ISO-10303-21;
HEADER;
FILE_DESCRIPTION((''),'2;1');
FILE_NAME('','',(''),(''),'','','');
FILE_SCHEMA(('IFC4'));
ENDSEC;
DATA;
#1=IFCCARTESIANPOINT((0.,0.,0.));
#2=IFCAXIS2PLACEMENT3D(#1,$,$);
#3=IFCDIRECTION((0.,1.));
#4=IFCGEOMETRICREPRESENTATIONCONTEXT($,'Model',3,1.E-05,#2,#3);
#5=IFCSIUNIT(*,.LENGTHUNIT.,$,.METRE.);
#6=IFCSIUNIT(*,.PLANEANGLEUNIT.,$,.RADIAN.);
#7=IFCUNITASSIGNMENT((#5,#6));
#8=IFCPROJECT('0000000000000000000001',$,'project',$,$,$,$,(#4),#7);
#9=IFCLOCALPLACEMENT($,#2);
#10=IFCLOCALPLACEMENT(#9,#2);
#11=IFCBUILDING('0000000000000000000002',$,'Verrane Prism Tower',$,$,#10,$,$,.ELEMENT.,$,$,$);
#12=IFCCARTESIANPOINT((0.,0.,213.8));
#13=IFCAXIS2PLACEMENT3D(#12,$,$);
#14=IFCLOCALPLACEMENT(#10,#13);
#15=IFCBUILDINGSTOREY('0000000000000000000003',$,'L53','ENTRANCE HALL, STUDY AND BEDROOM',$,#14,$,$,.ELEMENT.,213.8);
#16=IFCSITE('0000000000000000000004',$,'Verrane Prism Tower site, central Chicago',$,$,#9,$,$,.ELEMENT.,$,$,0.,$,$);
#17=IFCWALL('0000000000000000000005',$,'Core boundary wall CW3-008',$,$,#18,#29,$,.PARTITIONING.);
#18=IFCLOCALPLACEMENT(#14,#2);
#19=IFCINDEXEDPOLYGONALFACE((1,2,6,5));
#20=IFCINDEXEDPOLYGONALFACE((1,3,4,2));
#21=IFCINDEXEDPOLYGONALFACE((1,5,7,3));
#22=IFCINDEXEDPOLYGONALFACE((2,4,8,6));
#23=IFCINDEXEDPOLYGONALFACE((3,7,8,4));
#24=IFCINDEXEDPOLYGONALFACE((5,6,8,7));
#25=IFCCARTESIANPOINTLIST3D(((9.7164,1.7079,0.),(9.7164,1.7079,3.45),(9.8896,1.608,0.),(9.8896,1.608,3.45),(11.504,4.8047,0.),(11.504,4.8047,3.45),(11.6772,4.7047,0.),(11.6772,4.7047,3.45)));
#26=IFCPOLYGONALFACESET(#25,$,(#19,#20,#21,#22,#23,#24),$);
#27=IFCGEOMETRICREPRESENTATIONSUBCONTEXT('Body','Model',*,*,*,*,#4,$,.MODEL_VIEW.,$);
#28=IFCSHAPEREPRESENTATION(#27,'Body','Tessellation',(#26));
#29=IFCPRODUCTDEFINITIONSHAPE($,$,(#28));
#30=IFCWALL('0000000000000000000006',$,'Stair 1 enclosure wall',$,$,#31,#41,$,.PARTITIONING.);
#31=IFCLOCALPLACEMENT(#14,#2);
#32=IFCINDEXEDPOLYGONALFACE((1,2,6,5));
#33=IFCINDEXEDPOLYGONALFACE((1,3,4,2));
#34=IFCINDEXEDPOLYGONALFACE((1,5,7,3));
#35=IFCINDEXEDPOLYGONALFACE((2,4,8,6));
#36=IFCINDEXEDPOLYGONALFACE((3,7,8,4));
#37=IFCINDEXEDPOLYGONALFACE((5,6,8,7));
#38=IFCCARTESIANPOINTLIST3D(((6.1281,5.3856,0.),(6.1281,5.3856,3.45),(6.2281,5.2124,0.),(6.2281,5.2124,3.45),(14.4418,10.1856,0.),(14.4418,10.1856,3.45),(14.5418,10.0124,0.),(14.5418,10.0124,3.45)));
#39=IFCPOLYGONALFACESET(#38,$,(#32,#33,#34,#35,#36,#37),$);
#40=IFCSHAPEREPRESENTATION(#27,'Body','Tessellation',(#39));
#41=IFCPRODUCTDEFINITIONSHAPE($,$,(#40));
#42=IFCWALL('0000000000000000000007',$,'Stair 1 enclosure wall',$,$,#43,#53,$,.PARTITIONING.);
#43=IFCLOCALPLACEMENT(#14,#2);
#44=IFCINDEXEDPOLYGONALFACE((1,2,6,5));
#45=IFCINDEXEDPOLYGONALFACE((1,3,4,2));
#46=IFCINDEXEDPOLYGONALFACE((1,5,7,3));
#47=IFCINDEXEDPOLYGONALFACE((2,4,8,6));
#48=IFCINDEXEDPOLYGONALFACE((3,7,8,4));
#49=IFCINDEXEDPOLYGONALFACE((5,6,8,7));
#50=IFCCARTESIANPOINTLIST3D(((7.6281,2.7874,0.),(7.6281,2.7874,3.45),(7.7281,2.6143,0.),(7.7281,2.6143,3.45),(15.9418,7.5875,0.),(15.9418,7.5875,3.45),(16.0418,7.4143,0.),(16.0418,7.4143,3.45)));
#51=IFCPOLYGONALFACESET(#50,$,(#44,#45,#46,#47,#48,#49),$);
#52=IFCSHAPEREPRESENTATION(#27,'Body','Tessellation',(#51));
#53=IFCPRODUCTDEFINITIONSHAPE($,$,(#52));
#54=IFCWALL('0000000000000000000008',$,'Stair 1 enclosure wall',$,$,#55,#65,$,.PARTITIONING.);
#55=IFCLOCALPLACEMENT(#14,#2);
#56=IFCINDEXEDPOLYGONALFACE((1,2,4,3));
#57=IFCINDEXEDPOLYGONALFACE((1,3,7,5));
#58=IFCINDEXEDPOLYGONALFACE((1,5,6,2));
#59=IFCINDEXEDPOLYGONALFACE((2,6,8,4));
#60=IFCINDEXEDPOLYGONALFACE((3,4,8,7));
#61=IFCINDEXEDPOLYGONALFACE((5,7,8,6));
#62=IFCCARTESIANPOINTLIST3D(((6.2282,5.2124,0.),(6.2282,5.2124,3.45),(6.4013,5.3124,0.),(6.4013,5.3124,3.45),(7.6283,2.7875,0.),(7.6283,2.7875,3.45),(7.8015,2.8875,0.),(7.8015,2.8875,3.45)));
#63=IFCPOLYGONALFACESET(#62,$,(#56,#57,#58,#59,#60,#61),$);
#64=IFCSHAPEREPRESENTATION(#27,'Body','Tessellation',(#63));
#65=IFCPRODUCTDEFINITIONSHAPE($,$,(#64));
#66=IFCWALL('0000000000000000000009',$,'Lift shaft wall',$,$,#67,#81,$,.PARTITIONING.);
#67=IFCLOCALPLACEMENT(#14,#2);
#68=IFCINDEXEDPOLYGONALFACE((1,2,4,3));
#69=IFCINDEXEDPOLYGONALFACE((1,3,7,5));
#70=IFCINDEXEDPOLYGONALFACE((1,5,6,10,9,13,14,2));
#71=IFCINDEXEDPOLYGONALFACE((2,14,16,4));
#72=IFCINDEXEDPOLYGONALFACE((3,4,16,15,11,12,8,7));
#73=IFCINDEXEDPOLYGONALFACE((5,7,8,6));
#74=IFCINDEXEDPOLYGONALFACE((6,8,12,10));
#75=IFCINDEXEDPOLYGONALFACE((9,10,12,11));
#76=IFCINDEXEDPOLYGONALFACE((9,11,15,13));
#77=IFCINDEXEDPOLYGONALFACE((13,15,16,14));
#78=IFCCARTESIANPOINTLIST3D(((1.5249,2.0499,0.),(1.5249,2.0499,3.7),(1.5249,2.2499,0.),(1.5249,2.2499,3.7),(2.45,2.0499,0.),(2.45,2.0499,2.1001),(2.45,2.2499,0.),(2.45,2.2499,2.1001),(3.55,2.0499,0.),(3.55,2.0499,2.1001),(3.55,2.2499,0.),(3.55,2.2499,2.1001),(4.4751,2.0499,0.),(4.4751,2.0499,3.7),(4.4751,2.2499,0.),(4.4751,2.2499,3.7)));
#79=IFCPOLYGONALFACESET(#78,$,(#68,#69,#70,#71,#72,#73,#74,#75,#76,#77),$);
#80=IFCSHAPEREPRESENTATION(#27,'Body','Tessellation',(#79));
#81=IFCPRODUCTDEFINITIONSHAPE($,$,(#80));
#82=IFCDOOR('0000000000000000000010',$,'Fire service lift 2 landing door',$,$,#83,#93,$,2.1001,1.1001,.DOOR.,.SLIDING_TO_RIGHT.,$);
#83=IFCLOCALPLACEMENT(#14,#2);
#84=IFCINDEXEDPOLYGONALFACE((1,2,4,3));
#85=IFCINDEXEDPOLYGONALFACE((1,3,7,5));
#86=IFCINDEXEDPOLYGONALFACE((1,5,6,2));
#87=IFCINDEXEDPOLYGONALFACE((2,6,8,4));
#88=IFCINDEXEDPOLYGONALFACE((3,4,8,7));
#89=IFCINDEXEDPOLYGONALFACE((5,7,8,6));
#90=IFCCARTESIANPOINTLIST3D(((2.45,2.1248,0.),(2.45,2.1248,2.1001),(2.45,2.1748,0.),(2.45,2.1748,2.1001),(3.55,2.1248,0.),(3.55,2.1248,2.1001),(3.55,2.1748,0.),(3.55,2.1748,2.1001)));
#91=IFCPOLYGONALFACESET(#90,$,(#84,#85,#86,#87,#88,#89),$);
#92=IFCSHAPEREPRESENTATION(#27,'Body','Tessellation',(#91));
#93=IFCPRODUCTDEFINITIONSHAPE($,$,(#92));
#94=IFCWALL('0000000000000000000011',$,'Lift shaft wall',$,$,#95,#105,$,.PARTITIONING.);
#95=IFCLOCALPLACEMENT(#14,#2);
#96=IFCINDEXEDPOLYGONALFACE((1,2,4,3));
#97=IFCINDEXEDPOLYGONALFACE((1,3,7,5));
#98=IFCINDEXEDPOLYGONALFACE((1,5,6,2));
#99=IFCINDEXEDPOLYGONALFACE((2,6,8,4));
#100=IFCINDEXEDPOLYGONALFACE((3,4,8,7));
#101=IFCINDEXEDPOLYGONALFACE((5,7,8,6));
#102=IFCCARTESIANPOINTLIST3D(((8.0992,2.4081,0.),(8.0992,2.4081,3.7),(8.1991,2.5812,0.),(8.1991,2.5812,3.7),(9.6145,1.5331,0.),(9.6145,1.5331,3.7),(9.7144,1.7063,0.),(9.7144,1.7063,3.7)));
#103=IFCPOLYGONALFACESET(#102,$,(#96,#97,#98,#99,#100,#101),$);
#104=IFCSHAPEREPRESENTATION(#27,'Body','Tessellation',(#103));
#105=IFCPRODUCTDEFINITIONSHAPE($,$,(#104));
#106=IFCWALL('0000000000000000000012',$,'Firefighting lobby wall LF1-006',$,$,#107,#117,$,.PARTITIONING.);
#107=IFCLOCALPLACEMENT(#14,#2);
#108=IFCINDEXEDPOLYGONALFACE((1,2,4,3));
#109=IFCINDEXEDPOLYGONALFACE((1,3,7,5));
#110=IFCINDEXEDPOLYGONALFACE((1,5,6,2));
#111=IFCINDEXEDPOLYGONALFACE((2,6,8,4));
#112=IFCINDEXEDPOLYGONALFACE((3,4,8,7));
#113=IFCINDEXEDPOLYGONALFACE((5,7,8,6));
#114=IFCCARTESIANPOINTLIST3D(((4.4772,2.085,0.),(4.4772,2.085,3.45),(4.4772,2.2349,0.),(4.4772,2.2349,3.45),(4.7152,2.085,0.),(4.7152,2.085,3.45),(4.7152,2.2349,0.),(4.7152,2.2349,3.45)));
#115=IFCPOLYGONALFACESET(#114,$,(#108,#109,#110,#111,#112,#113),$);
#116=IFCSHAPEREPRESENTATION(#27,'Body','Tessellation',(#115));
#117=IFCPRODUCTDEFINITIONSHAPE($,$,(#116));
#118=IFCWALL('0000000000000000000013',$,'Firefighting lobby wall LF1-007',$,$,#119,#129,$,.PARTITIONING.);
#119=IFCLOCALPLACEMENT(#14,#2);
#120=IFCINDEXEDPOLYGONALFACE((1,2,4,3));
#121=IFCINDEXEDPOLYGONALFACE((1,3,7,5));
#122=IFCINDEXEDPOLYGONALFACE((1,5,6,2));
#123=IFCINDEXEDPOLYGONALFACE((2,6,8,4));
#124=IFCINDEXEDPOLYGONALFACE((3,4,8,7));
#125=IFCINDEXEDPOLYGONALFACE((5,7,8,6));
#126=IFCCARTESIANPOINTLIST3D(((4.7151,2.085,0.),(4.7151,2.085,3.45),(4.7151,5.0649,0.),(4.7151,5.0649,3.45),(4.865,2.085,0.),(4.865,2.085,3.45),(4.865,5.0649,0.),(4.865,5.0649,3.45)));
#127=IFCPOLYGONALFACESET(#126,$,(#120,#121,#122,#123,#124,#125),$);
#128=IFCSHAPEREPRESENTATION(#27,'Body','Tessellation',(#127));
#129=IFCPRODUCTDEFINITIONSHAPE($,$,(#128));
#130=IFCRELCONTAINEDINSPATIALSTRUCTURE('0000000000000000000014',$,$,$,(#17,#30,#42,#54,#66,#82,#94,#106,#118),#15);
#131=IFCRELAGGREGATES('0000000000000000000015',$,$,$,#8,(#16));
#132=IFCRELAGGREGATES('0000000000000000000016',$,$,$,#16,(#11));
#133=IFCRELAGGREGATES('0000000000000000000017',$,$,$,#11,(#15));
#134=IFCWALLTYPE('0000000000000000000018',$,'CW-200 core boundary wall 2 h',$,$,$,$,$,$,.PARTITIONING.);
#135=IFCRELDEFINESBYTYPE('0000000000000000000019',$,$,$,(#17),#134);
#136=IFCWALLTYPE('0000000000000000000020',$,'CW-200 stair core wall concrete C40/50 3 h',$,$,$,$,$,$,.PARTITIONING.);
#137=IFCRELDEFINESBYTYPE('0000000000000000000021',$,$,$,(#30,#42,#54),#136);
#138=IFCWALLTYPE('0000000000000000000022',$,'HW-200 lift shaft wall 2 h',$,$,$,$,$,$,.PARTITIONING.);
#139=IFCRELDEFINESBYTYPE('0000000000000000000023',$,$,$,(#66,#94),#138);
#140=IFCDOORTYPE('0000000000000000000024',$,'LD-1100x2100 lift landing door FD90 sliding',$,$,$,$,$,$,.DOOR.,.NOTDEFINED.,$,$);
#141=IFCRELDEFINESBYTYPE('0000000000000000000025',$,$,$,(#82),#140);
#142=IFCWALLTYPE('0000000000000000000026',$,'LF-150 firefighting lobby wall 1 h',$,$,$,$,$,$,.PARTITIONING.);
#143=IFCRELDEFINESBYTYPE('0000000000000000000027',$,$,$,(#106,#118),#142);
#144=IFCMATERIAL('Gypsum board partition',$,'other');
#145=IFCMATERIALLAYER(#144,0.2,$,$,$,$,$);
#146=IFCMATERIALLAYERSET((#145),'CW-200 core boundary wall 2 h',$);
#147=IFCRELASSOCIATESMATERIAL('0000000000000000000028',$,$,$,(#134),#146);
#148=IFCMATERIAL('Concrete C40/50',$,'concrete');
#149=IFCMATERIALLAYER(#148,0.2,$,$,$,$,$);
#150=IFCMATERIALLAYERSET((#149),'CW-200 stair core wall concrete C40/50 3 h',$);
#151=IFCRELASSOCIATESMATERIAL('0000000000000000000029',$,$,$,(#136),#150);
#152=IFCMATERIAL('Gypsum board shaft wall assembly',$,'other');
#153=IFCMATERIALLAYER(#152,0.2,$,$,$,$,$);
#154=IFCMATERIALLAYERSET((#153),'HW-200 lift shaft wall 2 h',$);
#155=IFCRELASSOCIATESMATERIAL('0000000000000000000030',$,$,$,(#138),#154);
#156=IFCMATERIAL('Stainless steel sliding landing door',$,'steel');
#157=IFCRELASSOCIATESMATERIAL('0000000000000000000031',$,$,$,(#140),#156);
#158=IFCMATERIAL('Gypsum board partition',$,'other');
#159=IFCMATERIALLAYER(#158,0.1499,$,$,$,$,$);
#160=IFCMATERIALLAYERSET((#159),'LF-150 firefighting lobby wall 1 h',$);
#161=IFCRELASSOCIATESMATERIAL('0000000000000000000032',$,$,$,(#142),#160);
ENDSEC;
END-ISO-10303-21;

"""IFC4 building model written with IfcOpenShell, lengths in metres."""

from ifc_helpers import new_model, si_unit, direction, frame, frame_2d, origin, place, context, subcontext, project, spatial, rectangle, extrude, material, layer, layer_set, type_object, element, fill, save


model = new_model("IFC4")

# Units and contexts
model_context = context("Model", 3, precision=1e-05, world=origin(), true_north=direction((0.0, 1.0)))
body_context = subcontext(model_context, "Body", "Model", "MODEL_VIEW")
ifc_project = project(units=[si_unit("LENGTHUNIT", "METRE"), si_unit("PLANEANGLEUNIT", "RADIAN")], contexts=[model_context])

# Site, building, storey
site_placement = place(None, origin())
site = spatial("IfcSite", under=ifc_project, at=site_placement, Name="Verrane Prism Tower site, central Chicago", CompositionType="ELEMENT", RefElevation=0.0)
building_placement = place(site_placement, origin())
building = spatial("IfcBuilding", under=site, at=building_placement, Name="Verrane Prism Tower", CompositionType="ELEMENT")
storey_placement = place(building_placement, frame((0.0, 0.0, 213.8)))
storey = spatial("IfcBuildingStorey", under=building, at=storey_placement, Name="L53", Description="ENTRANCE HALL, STUDY AND BEDROOM", CompositionType="ELEMENT", Elevation=213.8)

# Walls
ifc_material_1 = material(Name="Gypsum board partition", Category="other")
ifc_layer_1 = layer(ifc_material_1, 0.2)
ifc_layer_set_1 = layer_set([ifc_layer_1], Name="CW-200 core boundary wall 2 h")
wall_type_1 = type_object("IfcWallType", Name="CW-200 core boundary wall 2 h", PredefinedType="PARTITIONING", material=ifc_layer_set_1)
wall_1_placement = place(storey_placement, frame((9.803, 1.658, 0.0), z_axis=(0.0, 0.0, 1.0), x_axis=(0.499943, 0.866058, 0.0)))
element("IfcWall", 1, at=wall_1_placement, inside=storey, type_object=wall_type_1, Name="Core boundary wall CW3-008", PredefinedType="PARTITIONING", context=body_context, shape_type="SweptSolid", body=[
    extrude(rectangle(XDim=3.5757, YDim=0.2, at=frame_2d((1.7878, 0.0))), origin(), (0.0, 0.0, 1.0), 3.45),
])
ifc_material_2 = material(Name="Concrete C40/50", Category="concrete")
ifc_layer_2 = layer(ifc_material_2, 0.2)
ifc_layer_set_2 = layer_set([ifc_layer_2], Name="CW-200 stair core wall concrete C40/50 3 h")
wall_type_2 = type_object("IfcWallType", Name="CW-200 stair core wall concrete C40/50 3 h", PredefinedType="PARTITIONING", material=ifc_layer_set_2)
for number, where, z_axis, x_axis, name in (
    (2, (6.1782, 5.2991, 0.0), (0.0, 0.0, 1.0), (0.86602, 0.500009, 0.0), "Stair 1 enclosure wall"),
    (3, (7.6782, 2.7009, 0.0), (0.0, 0.0, 1.0), (0.86602, 0.500009, 0.0), "Stair 1 enclosure wall"),
):
    element("IfcWall", number, at=place(storey_placement, frame(where, z_axis=z_axis, x_axis=x_axis)), inside=storey, type_object=wall_type_2, Name=name, PredefinedType="PARTITIONING", context=body_context, shape_type="SweptSolid", body=[
        extrude(rectangle(XDim=9.5999, YDim=0.2, at=frame_2d((4.7998, 0.0))), origin(), (0.0, 0.0, 1.0), 3.45),
    ])
wall_2_placement = place(storey_placement, frame((7.7148, 2.8376, 0.0), z_axis=(0.0, 0.0, 1.0), x_axis=(-0.50005, 0.865997, 0.0)))
element("IfcWall", 4, at=wall_2_placement, inside=storey, type_object=wall_type_2, Name="Stair 1 enclosure wall", PredefinedType="PARTITIONING", context=body_context, shape_type="SweptSolid", body=[
    extrude(rectangle(XDim=2.8, YDim=0.2, at=frame_2d((1.3999, 0.0))), origin(), (0.0, 0.0, 1.0), 3.45),
])

# Wall, opening, door
ifc_material_3 = material(Name="Gypsum board shaft wall assembly", Category="other")
ifc_layer_3 = layer(ifc_material_3, 0.2)
ifc_layer_set_3 = layer_set([ifc_layer_3], Name="HW-200 lift shaft wall 2 h")
wall_type_3 = type_object("IfcWallType", Name="HW-200 lift shaft wall 2 h", PredefinedType="PARTITIONING", material=ifc_layer_set_3)
wall_3_placement = place(storey_placement, frame((1.5249, 2.1499, 0.0), z_axis=(0.0, 0.0, 1.0), x_axis=(1.0, 0.0, 0.0)))
wall_3 = element("IfcWall", 5, at=wall_3_placement, inside=storey, type_object=wall_type_3, Name="Lift shaft wall", PredefinedType="PARTITIONING", context=body_context, shape_type="SweptSolid", body=[
    extrude(rectangle(XDim=2.9502, YDim=0.2, at=frame_2d((1.4751, 0.0))), origin(), (0.0, 0.0, 1.0), 3.7),
])
opening_1_placement = place(wall_3_placement, frame((0.925, 0.0, 0.0)))
opening_1 = element("IfcOpeningElement", 6, at=opening_1_placement, cuts=wall_3, PredefinedType="OPENING", context=body_context, shape_type="SweptSolid", body=[
    extrude(rectangle(XDim=1.1001, YDim=2.1001, at=frame_2d((0.55, 1.05))), frame((0.0, 0.1099, 0.0), z_axis=(0.0, -1.0, 0.0), x_axis=(1.0, 0.0, 0.0)), (0.0, 0.0, 1.0), 0.22),
])
ifc_material_4 = material(Name="Stainless steel sliding landing door", Category="steel")
door_type_1 = type_object("IfcDoorType", Name="LD-1100x2100 lift landing door FD90 sliding", OperationType="NOTDEFINED", PredefinedType="DOOR", material=ifc_material_4)
door_1_placement = place(opening_1_placement, origin())
door_1 = element("IfcDoor", 7, at=door_1_placement, inside=storey, type_object=door_type_1, Name="Fire service lift 2 landing door", OperationType="SLIDING_TO_RIGHT", OverallHeight=2.1001, OverallWidth=1.1001, PredefinedType="DOOR", context=body_context, shape_type="SweptSolid", body=[
    extrude(rectangle(XDim=1.1001, YDim=2.1001, at=frame_2d((0.55, 1.05))), frame((0.0, 0.0249, 0.0), z_axis=(0.0, -1.0, 0.0), x_axis=(1.0, 0.0, 0.0)), (0.0, 0.0, 1.0), 0.05),
])
fill(opening_1, door_1)

# Walls
wall_4_placement = place(storey_placement, frame((9.6646, 1.6196, 0.0), z_axis=(0.0, 0.0, 1.0), x_axis=(-0.866002, 0.50004, 0.0)))
element("IfcWall", 8, at=wall_4_placement, inside=storey, type_object=wall_type_3, Name="Lift shaft wall", PredefinedType="PARTITIONING", context=body_context, shape_type="SweptSolid", body=[
    extrude(rectangle(XDim=1.7498, YDim=0.2, at=frame_2d((0.875, 0.0))), origin(), (0.0, 0.0, 1.0), 3.7),
])
ifc_material_5 = material(Name="Gypsum board partition", Category="other")
ifc_layer_4 = layer(ifc_material_5, 0.1499)
ifc_layer_set_4 = layer_set([ifc_layer_4], Name="LF-150 firefighting lobby wall 1 h")
wall_type_4 = type_object("IfcWallType", Name="LF-150 firefighting lobby wall 1 h", PredefinedType="PARTITIONING", material=ifc_layer_set_4)
wall_5_placement = place(storey_placement, frame((4.4771, 2.1599, 0.0), z_axis=(0.0, 0.0, 1.0), x_axis=(1.0, 0.0, 0.0)))
element("IfcWall", 9, at=wall_5_placement, inside=storey, type_object=wall_type_4, Name="Firefighting lobby wall LF1-006", PredefinedType="PARTITIONING", context=body_context, shape_type="SweptSolid", body=[
    extrude(rectangle(XDim=0.238, YDim=0.1499, at=frame_2d((0.1191, 0.0))), origin(), (0.0, 0.0, 1.0), 3.45),
])
wall_6_placement = place(storey_placement, frame((4.79, 2.085, 0.0), z_axis=(0.0, 0.0, 1.0), x_axis=(0.0, 1.0, 0.0)))
element("IfcWall", 10, at=wall_6_placement, inside=storey, type_object=wall_type_4, Name="Firefighting lobby wall LF1-007", PredefinedType="PARTITIONING", context=body_context, shape_type="SweptSolid", body=[
    extrude(rectangle(XDim=2.98, YDim=0.1499, at=frame_2d((1.49, 0.0))), origin(), (0.0, 0.0, 1.0), 3.45),
])

save(model, "model.ifc")
